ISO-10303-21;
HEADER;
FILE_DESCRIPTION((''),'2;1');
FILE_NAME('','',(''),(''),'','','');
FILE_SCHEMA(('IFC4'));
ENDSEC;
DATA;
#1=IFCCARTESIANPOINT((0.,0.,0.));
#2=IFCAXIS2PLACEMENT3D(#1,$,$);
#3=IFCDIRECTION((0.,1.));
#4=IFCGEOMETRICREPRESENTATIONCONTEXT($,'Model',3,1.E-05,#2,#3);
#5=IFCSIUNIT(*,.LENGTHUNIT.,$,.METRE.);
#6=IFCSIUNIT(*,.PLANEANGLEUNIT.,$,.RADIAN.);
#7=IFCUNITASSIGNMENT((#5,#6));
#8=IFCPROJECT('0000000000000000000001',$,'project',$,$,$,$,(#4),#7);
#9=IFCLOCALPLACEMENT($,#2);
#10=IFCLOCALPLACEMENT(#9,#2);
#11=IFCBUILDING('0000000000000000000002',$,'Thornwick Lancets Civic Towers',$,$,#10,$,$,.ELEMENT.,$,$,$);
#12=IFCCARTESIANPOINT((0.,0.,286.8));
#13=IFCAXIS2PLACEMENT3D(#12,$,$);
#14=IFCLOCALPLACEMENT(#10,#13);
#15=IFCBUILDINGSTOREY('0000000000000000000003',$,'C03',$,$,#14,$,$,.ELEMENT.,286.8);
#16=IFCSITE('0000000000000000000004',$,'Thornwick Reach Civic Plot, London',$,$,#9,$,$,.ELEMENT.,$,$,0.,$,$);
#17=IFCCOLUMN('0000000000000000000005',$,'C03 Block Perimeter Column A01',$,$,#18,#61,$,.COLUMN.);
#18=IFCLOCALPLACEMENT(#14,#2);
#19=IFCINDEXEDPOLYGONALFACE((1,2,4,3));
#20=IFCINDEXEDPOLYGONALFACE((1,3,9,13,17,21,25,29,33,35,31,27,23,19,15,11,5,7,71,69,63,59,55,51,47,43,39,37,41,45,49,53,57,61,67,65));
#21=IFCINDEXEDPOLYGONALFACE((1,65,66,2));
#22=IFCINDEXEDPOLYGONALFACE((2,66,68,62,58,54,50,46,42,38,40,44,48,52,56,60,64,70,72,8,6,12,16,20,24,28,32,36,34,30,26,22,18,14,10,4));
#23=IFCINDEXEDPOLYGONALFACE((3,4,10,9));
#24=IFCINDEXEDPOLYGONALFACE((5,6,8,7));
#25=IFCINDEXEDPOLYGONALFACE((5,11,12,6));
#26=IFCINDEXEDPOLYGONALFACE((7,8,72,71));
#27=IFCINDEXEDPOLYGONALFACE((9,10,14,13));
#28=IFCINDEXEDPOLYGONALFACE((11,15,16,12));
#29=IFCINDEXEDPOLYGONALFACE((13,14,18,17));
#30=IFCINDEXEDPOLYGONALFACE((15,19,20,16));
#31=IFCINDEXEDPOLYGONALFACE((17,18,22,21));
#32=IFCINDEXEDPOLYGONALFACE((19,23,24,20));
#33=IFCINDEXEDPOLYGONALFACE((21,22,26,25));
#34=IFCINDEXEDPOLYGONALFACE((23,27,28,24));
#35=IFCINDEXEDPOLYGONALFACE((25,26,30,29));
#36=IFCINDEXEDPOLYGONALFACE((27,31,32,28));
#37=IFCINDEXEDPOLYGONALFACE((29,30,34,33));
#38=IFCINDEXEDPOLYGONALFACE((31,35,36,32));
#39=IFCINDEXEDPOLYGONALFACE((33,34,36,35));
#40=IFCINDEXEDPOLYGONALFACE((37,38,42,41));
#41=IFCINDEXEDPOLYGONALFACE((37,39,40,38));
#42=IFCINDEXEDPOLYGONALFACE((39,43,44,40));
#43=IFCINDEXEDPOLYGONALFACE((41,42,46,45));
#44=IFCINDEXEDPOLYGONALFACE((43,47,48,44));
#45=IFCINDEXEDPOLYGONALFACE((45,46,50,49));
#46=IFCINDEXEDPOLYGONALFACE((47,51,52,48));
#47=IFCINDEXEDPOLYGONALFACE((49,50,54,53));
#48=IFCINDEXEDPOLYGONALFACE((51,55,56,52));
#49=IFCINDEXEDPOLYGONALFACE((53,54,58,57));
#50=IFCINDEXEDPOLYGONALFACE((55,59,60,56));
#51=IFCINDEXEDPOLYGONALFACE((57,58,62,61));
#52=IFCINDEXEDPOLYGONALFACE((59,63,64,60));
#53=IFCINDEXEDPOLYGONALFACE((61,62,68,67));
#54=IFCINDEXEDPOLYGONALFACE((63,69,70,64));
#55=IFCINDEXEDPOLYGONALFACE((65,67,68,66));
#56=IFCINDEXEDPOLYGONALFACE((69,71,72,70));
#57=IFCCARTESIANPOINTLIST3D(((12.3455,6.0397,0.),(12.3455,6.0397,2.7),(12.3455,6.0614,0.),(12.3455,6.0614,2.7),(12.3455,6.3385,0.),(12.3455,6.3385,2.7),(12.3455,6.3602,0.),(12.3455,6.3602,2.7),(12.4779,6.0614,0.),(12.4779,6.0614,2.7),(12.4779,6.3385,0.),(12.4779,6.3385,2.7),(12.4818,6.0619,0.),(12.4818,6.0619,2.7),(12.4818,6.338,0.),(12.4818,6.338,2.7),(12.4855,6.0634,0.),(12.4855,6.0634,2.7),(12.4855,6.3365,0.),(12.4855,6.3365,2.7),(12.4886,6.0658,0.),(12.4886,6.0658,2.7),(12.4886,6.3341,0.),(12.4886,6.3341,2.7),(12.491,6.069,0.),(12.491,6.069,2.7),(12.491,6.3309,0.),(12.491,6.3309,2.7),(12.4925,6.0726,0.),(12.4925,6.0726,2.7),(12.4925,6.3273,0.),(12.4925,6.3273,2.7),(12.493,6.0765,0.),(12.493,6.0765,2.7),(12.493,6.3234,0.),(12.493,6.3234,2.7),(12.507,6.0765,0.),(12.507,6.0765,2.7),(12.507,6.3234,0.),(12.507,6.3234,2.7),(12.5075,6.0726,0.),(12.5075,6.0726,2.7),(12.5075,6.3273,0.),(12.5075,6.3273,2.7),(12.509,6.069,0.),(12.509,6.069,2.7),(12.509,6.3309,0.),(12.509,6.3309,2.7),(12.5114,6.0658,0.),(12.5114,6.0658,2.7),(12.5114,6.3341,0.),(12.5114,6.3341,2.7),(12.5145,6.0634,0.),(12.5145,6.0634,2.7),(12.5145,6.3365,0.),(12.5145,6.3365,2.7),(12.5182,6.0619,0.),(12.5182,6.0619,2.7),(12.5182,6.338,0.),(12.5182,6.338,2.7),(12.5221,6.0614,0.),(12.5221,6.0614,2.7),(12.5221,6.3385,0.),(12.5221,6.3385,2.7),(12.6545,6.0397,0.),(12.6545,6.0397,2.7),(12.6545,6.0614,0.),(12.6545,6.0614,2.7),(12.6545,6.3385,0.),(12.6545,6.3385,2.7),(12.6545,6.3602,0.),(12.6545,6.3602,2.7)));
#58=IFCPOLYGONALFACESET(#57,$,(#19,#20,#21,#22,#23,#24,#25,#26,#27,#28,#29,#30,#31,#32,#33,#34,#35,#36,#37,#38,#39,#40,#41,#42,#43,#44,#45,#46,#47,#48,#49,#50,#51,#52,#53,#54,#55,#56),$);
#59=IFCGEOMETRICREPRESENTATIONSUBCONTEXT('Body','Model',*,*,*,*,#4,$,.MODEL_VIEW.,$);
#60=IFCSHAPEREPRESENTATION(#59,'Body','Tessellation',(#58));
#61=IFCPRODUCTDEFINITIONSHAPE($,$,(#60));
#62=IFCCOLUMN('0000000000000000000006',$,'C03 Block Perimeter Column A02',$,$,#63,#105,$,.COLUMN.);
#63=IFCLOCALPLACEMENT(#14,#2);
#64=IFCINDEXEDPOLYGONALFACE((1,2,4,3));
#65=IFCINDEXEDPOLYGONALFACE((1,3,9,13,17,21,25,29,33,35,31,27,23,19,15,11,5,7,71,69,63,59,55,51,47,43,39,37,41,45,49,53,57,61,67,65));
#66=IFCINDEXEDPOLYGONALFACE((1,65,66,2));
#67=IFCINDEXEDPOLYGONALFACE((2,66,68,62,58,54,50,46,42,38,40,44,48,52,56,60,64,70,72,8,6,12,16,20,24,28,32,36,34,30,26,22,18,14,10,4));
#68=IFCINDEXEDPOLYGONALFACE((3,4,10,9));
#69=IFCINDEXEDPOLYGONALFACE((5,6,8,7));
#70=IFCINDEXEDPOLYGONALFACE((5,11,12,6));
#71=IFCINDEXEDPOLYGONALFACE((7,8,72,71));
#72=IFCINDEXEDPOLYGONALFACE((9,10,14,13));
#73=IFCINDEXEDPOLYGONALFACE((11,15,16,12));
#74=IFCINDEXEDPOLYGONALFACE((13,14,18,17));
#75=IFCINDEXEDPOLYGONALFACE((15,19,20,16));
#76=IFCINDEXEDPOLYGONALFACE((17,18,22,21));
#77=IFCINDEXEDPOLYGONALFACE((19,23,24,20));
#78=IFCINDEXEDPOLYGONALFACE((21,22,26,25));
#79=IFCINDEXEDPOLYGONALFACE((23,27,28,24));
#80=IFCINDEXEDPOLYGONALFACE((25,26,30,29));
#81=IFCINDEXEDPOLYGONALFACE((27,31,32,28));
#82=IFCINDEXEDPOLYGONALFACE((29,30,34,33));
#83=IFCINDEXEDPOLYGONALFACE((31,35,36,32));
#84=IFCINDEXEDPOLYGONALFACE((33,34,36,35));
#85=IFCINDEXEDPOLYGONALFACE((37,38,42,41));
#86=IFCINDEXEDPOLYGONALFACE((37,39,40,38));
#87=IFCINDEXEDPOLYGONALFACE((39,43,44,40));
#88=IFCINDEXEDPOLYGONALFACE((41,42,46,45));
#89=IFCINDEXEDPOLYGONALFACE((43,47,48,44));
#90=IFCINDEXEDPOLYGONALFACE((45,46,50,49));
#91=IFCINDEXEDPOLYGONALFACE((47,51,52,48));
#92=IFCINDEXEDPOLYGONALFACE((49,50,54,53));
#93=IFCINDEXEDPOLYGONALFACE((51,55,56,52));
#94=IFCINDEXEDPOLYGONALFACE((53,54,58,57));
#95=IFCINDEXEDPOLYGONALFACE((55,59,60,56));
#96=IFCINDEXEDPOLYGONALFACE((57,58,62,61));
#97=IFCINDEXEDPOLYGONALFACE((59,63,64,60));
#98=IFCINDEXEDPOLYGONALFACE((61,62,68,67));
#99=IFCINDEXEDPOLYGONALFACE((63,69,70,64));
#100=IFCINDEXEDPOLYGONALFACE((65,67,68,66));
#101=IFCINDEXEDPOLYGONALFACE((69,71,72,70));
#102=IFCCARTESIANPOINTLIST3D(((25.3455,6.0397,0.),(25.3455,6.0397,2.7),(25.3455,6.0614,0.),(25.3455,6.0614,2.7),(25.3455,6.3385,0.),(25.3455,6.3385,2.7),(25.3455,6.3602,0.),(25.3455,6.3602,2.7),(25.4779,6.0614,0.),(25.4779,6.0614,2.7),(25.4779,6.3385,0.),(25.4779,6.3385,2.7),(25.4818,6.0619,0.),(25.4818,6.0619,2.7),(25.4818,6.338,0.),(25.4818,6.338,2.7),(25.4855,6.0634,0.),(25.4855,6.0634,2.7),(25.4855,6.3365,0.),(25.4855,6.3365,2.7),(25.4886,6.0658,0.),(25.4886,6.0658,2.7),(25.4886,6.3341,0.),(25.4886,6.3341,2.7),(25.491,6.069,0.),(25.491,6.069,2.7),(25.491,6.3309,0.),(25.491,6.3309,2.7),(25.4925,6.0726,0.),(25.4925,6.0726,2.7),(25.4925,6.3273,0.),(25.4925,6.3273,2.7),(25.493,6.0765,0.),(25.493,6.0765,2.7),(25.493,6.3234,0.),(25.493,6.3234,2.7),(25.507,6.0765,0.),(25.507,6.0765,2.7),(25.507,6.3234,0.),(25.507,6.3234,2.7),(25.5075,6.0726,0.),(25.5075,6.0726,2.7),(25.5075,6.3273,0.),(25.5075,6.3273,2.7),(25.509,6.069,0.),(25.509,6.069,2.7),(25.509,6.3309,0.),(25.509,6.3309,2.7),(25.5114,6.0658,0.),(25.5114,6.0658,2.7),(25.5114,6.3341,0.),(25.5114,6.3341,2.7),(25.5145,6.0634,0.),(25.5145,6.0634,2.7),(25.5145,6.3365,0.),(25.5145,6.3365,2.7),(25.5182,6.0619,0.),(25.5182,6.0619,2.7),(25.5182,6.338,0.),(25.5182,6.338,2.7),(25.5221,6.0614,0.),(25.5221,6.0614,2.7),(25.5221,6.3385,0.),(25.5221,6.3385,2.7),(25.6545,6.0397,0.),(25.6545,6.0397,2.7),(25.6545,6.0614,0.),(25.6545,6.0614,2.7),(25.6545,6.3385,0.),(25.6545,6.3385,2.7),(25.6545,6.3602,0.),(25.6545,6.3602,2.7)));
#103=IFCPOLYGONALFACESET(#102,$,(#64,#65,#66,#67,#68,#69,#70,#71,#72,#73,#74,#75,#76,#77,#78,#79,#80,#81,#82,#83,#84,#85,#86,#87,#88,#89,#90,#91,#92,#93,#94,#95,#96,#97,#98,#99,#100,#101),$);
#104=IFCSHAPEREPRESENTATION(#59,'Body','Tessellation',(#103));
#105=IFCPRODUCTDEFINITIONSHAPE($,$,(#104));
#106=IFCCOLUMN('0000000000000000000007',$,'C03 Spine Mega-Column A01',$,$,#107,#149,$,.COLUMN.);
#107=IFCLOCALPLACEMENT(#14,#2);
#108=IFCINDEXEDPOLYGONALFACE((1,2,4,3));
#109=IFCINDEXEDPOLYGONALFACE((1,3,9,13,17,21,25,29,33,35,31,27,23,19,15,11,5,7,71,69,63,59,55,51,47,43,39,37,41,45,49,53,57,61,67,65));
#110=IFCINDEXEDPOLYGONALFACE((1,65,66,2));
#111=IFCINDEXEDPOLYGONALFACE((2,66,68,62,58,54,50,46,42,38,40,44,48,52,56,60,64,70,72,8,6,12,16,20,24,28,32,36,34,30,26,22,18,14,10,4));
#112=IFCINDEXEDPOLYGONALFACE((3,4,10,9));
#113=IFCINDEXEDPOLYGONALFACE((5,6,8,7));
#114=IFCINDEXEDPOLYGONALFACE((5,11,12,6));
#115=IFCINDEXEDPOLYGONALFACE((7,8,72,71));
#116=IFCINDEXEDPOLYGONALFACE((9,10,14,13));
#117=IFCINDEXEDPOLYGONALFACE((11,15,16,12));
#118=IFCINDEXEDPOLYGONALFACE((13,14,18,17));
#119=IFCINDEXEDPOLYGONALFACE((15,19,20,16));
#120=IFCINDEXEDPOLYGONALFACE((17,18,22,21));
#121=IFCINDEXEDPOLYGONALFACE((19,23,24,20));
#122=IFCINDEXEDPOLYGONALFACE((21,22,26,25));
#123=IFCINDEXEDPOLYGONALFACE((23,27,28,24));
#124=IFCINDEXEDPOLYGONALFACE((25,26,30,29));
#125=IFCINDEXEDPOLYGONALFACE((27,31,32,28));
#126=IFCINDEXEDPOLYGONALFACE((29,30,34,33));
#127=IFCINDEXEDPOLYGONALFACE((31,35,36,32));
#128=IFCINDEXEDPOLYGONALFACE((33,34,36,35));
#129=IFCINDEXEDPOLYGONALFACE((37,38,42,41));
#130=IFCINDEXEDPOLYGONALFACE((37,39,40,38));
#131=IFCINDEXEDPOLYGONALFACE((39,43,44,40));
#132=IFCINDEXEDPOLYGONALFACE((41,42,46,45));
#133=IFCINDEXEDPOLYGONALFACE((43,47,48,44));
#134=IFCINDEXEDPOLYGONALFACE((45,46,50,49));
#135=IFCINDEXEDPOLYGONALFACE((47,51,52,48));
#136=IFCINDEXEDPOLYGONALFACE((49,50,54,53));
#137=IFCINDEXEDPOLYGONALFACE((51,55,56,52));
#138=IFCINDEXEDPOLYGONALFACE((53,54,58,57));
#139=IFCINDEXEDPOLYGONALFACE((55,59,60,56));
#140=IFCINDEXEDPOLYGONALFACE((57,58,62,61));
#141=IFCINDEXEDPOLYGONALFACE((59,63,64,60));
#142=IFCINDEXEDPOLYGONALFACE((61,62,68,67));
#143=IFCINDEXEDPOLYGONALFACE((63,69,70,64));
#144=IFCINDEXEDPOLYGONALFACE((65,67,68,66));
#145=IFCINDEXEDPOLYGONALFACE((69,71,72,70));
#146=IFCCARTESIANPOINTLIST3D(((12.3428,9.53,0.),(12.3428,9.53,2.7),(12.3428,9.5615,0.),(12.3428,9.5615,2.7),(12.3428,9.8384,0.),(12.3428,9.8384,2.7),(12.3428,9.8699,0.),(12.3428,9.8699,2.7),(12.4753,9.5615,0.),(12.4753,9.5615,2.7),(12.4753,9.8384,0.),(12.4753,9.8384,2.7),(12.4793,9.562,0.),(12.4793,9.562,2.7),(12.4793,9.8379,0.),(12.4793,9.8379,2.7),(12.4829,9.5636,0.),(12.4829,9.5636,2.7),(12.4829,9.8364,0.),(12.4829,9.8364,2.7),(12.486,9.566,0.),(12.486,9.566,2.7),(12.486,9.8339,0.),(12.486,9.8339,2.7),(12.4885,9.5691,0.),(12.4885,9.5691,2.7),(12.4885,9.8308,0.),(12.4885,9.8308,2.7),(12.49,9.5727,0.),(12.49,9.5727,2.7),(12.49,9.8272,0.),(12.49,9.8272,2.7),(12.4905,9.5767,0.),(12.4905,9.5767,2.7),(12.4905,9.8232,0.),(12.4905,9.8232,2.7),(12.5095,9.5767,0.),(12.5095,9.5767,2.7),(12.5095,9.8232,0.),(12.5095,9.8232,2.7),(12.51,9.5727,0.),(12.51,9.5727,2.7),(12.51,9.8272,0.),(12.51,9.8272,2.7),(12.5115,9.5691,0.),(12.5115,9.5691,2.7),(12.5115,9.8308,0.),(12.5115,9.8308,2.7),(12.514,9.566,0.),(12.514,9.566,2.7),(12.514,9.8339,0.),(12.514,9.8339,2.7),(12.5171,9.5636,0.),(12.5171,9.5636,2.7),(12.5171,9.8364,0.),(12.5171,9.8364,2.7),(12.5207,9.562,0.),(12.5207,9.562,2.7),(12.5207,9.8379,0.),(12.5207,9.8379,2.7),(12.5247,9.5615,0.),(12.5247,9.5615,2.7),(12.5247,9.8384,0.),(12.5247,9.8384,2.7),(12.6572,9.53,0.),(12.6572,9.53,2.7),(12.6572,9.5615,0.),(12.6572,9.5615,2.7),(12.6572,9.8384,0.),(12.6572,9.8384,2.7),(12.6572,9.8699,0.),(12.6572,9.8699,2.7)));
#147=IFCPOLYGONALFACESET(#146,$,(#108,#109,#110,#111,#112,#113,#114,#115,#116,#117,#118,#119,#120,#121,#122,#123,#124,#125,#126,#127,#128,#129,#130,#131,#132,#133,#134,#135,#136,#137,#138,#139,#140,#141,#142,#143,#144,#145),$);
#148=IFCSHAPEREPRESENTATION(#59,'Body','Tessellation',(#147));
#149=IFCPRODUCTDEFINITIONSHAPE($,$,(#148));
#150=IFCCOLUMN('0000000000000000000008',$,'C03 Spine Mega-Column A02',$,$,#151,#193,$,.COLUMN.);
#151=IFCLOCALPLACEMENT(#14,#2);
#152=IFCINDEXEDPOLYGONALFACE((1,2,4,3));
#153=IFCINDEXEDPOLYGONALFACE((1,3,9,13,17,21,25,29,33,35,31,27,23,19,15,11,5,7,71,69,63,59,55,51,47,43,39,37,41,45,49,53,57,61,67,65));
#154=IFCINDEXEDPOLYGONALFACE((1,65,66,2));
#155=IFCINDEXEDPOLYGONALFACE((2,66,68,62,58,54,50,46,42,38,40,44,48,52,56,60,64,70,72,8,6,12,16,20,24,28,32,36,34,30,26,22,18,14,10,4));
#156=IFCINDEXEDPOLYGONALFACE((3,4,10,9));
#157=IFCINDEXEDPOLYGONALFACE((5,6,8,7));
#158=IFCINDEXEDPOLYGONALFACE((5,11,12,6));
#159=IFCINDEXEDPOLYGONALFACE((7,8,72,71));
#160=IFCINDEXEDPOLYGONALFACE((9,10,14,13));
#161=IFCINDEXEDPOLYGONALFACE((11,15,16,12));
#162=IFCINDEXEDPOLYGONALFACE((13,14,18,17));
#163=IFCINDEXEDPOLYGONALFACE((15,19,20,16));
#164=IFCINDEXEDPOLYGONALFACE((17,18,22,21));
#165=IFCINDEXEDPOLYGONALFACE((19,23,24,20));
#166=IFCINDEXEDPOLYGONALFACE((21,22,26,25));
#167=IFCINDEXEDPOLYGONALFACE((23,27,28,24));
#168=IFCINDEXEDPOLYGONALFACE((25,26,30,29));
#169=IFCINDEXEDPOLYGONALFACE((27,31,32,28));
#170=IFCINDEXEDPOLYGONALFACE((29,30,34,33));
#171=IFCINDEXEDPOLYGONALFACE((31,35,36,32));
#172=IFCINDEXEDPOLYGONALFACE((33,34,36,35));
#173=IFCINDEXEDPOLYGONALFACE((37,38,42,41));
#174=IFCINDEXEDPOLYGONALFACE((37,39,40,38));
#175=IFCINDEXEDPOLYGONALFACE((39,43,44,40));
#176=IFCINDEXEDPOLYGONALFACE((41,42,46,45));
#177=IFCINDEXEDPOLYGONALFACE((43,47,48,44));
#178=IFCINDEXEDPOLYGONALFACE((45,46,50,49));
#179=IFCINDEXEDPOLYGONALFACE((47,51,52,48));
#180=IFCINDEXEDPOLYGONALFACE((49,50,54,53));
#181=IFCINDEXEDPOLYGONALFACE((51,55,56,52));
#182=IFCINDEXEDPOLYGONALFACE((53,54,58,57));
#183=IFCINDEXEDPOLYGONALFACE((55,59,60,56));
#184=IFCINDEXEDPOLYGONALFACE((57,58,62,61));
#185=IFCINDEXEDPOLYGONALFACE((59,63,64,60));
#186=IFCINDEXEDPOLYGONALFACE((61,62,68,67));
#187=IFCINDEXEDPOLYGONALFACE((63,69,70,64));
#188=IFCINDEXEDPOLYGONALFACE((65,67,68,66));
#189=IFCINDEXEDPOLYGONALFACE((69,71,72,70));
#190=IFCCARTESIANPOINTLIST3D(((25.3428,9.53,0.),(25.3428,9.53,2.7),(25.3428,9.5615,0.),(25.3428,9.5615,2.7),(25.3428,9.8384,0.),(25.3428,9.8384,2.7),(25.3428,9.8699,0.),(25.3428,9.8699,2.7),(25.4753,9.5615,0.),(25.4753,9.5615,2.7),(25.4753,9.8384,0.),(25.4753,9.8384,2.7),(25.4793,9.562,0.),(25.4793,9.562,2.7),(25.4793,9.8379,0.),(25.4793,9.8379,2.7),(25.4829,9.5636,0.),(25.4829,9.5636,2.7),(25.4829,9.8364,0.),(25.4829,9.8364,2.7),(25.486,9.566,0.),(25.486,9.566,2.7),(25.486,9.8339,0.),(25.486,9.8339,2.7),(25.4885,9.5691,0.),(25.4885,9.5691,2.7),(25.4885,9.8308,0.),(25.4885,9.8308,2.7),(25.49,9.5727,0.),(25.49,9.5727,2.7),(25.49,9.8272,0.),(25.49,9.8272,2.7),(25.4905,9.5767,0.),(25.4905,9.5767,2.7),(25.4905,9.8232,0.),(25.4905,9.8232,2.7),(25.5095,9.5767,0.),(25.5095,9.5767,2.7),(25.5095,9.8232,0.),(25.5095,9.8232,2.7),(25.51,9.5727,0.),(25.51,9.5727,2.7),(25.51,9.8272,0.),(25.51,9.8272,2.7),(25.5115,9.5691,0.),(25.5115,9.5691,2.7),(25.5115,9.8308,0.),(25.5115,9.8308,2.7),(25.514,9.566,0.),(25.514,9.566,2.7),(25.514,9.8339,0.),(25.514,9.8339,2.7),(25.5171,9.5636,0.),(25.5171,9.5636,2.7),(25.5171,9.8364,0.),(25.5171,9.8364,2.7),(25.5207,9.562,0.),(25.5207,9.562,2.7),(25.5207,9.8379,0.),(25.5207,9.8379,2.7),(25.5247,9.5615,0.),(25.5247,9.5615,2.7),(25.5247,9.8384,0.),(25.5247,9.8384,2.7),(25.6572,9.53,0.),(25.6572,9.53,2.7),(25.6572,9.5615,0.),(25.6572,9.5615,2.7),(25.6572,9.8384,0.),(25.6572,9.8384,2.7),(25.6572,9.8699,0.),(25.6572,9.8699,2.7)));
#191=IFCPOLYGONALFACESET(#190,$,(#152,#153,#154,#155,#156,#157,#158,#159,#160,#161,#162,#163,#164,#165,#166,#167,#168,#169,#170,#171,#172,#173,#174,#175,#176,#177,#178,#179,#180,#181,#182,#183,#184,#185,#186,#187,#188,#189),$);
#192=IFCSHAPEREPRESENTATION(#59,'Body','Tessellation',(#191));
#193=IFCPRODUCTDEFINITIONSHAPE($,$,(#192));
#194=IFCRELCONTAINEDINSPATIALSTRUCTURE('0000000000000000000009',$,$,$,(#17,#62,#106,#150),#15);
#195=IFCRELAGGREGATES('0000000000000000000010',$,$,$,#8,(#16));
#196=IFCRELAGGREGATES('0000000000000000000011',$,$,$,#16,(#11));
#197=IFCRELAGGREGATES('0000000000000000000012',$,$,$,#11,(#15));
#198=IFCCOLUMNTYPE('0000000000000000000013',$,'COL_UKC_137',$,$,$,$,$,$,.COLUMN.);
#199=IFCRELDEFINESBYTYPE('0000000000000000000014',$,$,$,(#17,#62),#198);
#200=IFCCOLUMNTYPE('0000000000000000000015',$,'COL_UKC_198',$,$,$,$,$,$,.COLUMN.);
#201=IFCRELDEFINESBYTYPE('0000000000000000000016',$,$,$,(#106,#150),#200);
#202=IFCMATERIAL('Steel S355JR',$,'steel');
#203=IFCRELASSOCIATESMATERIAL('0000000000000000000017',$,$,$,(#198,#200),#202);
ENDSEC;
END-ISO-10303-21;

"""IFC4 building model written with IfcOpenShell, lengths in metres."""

from ifc_helpers import new_model, si_unit, direction, frame, origin, origin_2d, place, context, subcontext, project, spatial, i_section, extrude, material, material_profile, profile_set, type_object, element, save


model = new_model("IFC4")

# Units and contexts
model_context = context("Model", 3, precision=1e-05, world=origin(), true_north=direction((0.0, 1.0)))
body_context = subcontext(model_context, "Body", "Model", "MODEL_VIEW")
ifc_project = project(units=[si_unit("LENGTHUNIT", "METRE"), si_unit("PLANEANGLEUNIT", "RADIAN")], contexts=[model_context])

# Site, building, storey
site_placement = place(None, origin())
site = spatial("IfcSite", under=ifc_project, at=site_placement, Name="Thornwick Reach Civic Plot, London", CompositionType="ELEMENT", RefElevation=0.0)
building_placement = place(site_placement, origin())
building = spatial("IfcBuilding", under=site, at=building_placement, Name="Thornwick Lancets Civic Towers", CompositionType="ELEMENT")
storey_placement = place(building_placement, frame((0.0, 0.0, 286.8)))
storey = spatial("IfcBuildingStorey", under=building, at=storey_placement, Name="C03", CompositionType="ELEMENT", Elevation=286.8)

# Columns
ifc_material_1 = material(Name="Steel S355JR", Category="steel")
ifc_material_profile_1 = material_profile(ifc_material_1, i_section(OverallWidth=0.3091, OverallDepth=0.3206, WebThickness=0.0139, FlangeThickness=0.0217, FilletRadius=0.0151, at=origin_2d()), Name="UKC 305x305x137")
ifc_profile_set_1 = profile_set([ifc_material_profile_1], Name="Steel S355JR")
column_type_1 = type_object("IfcColumnType", Name="COL_UKC_137", PredefinedType="COLUMN", material=ifc_profile_set_1)
for number, where, z_axis, x_axis, name in (
    (1, (12.5, 6.2, 0.0), (0.0, 0.0, 1.0), (1.0, 0.0, 0.0), "C03 Block Perimeter Column A01"),
    (2, (25.5, 6.2, 0.0), (0.0, 0.0, 1.0), (1.0, 0.0, 0.0), "C03 Block Perimeter Column A02"),
):
    element("IfcColumn", number, at=place(storey_placement, frame(where, z_axis=z_axis, x_axis=x_axis)), inside=storey, type_object=column_type_1, Name=name, PredefinedType="COLUMN", context=body_context, shape_type="SweptSolid", body=[
        extrude(i_section(OverallWidth=0.3091, OverallDepth=0.3206, WebThickness=0.0139, FlangeThickness=0.0217, FilletRadius=0.0151, at=origin_2d()), origin(), (0.0, 0.0, 1.0), 2.7),
    ])
ifc_material_profile_2 = material_profile(ifc_material_1, i_section(OverallWidth=0.3145, OverallDepth=0.3398, WebThickness=0.019, FlangeThickness=0.0315, FilletRadius=0.0151, at=origin_2d()), Name="UKC 305x305x198")
ifc_profile_set_2 = profile_set([ifc_material_profile_2], Name="Steel S355JR")
column_type_2 = type_object("IfcColumnType", Name="COL_UKC_198", PredefinedType="COLUMN", material=ifc_profile_set_2)
for number, where, z_axis, x_axis, name in (
    (3, (12.5, 9.7, 0.0), (0.0, 0.0, 1.0), (1.0, 0.0, 0.0), "C03 Spine Mega-Column A01"),
    (4, (25.5, 9.7, 0.0), (0.0, 0.0, 1.0), (1.0, 0.0, 0.0), "C03 Spine Mega-Column A02"),
):
    element("IfcColumn", number, at=place(storey_placement, frame(where, z_axis=z_axis, x_axis=x_axis)), inside=storey, type_object=column_type_2, Name=name, PredefinedType="COLUMN", context=body_context, shape_type="SweptSolid", body=[
        extrude(i_section(OverallWidth=0.3145, OverallDepth=0.3398, WebThickness=0.019, FlangeThickness=0.0315, FilletRadius=0.0151, at=origin_2d()), origin(), (0.0, 0.0, 1.0), 2.7),
    ])

save(model, "model.ifc")
